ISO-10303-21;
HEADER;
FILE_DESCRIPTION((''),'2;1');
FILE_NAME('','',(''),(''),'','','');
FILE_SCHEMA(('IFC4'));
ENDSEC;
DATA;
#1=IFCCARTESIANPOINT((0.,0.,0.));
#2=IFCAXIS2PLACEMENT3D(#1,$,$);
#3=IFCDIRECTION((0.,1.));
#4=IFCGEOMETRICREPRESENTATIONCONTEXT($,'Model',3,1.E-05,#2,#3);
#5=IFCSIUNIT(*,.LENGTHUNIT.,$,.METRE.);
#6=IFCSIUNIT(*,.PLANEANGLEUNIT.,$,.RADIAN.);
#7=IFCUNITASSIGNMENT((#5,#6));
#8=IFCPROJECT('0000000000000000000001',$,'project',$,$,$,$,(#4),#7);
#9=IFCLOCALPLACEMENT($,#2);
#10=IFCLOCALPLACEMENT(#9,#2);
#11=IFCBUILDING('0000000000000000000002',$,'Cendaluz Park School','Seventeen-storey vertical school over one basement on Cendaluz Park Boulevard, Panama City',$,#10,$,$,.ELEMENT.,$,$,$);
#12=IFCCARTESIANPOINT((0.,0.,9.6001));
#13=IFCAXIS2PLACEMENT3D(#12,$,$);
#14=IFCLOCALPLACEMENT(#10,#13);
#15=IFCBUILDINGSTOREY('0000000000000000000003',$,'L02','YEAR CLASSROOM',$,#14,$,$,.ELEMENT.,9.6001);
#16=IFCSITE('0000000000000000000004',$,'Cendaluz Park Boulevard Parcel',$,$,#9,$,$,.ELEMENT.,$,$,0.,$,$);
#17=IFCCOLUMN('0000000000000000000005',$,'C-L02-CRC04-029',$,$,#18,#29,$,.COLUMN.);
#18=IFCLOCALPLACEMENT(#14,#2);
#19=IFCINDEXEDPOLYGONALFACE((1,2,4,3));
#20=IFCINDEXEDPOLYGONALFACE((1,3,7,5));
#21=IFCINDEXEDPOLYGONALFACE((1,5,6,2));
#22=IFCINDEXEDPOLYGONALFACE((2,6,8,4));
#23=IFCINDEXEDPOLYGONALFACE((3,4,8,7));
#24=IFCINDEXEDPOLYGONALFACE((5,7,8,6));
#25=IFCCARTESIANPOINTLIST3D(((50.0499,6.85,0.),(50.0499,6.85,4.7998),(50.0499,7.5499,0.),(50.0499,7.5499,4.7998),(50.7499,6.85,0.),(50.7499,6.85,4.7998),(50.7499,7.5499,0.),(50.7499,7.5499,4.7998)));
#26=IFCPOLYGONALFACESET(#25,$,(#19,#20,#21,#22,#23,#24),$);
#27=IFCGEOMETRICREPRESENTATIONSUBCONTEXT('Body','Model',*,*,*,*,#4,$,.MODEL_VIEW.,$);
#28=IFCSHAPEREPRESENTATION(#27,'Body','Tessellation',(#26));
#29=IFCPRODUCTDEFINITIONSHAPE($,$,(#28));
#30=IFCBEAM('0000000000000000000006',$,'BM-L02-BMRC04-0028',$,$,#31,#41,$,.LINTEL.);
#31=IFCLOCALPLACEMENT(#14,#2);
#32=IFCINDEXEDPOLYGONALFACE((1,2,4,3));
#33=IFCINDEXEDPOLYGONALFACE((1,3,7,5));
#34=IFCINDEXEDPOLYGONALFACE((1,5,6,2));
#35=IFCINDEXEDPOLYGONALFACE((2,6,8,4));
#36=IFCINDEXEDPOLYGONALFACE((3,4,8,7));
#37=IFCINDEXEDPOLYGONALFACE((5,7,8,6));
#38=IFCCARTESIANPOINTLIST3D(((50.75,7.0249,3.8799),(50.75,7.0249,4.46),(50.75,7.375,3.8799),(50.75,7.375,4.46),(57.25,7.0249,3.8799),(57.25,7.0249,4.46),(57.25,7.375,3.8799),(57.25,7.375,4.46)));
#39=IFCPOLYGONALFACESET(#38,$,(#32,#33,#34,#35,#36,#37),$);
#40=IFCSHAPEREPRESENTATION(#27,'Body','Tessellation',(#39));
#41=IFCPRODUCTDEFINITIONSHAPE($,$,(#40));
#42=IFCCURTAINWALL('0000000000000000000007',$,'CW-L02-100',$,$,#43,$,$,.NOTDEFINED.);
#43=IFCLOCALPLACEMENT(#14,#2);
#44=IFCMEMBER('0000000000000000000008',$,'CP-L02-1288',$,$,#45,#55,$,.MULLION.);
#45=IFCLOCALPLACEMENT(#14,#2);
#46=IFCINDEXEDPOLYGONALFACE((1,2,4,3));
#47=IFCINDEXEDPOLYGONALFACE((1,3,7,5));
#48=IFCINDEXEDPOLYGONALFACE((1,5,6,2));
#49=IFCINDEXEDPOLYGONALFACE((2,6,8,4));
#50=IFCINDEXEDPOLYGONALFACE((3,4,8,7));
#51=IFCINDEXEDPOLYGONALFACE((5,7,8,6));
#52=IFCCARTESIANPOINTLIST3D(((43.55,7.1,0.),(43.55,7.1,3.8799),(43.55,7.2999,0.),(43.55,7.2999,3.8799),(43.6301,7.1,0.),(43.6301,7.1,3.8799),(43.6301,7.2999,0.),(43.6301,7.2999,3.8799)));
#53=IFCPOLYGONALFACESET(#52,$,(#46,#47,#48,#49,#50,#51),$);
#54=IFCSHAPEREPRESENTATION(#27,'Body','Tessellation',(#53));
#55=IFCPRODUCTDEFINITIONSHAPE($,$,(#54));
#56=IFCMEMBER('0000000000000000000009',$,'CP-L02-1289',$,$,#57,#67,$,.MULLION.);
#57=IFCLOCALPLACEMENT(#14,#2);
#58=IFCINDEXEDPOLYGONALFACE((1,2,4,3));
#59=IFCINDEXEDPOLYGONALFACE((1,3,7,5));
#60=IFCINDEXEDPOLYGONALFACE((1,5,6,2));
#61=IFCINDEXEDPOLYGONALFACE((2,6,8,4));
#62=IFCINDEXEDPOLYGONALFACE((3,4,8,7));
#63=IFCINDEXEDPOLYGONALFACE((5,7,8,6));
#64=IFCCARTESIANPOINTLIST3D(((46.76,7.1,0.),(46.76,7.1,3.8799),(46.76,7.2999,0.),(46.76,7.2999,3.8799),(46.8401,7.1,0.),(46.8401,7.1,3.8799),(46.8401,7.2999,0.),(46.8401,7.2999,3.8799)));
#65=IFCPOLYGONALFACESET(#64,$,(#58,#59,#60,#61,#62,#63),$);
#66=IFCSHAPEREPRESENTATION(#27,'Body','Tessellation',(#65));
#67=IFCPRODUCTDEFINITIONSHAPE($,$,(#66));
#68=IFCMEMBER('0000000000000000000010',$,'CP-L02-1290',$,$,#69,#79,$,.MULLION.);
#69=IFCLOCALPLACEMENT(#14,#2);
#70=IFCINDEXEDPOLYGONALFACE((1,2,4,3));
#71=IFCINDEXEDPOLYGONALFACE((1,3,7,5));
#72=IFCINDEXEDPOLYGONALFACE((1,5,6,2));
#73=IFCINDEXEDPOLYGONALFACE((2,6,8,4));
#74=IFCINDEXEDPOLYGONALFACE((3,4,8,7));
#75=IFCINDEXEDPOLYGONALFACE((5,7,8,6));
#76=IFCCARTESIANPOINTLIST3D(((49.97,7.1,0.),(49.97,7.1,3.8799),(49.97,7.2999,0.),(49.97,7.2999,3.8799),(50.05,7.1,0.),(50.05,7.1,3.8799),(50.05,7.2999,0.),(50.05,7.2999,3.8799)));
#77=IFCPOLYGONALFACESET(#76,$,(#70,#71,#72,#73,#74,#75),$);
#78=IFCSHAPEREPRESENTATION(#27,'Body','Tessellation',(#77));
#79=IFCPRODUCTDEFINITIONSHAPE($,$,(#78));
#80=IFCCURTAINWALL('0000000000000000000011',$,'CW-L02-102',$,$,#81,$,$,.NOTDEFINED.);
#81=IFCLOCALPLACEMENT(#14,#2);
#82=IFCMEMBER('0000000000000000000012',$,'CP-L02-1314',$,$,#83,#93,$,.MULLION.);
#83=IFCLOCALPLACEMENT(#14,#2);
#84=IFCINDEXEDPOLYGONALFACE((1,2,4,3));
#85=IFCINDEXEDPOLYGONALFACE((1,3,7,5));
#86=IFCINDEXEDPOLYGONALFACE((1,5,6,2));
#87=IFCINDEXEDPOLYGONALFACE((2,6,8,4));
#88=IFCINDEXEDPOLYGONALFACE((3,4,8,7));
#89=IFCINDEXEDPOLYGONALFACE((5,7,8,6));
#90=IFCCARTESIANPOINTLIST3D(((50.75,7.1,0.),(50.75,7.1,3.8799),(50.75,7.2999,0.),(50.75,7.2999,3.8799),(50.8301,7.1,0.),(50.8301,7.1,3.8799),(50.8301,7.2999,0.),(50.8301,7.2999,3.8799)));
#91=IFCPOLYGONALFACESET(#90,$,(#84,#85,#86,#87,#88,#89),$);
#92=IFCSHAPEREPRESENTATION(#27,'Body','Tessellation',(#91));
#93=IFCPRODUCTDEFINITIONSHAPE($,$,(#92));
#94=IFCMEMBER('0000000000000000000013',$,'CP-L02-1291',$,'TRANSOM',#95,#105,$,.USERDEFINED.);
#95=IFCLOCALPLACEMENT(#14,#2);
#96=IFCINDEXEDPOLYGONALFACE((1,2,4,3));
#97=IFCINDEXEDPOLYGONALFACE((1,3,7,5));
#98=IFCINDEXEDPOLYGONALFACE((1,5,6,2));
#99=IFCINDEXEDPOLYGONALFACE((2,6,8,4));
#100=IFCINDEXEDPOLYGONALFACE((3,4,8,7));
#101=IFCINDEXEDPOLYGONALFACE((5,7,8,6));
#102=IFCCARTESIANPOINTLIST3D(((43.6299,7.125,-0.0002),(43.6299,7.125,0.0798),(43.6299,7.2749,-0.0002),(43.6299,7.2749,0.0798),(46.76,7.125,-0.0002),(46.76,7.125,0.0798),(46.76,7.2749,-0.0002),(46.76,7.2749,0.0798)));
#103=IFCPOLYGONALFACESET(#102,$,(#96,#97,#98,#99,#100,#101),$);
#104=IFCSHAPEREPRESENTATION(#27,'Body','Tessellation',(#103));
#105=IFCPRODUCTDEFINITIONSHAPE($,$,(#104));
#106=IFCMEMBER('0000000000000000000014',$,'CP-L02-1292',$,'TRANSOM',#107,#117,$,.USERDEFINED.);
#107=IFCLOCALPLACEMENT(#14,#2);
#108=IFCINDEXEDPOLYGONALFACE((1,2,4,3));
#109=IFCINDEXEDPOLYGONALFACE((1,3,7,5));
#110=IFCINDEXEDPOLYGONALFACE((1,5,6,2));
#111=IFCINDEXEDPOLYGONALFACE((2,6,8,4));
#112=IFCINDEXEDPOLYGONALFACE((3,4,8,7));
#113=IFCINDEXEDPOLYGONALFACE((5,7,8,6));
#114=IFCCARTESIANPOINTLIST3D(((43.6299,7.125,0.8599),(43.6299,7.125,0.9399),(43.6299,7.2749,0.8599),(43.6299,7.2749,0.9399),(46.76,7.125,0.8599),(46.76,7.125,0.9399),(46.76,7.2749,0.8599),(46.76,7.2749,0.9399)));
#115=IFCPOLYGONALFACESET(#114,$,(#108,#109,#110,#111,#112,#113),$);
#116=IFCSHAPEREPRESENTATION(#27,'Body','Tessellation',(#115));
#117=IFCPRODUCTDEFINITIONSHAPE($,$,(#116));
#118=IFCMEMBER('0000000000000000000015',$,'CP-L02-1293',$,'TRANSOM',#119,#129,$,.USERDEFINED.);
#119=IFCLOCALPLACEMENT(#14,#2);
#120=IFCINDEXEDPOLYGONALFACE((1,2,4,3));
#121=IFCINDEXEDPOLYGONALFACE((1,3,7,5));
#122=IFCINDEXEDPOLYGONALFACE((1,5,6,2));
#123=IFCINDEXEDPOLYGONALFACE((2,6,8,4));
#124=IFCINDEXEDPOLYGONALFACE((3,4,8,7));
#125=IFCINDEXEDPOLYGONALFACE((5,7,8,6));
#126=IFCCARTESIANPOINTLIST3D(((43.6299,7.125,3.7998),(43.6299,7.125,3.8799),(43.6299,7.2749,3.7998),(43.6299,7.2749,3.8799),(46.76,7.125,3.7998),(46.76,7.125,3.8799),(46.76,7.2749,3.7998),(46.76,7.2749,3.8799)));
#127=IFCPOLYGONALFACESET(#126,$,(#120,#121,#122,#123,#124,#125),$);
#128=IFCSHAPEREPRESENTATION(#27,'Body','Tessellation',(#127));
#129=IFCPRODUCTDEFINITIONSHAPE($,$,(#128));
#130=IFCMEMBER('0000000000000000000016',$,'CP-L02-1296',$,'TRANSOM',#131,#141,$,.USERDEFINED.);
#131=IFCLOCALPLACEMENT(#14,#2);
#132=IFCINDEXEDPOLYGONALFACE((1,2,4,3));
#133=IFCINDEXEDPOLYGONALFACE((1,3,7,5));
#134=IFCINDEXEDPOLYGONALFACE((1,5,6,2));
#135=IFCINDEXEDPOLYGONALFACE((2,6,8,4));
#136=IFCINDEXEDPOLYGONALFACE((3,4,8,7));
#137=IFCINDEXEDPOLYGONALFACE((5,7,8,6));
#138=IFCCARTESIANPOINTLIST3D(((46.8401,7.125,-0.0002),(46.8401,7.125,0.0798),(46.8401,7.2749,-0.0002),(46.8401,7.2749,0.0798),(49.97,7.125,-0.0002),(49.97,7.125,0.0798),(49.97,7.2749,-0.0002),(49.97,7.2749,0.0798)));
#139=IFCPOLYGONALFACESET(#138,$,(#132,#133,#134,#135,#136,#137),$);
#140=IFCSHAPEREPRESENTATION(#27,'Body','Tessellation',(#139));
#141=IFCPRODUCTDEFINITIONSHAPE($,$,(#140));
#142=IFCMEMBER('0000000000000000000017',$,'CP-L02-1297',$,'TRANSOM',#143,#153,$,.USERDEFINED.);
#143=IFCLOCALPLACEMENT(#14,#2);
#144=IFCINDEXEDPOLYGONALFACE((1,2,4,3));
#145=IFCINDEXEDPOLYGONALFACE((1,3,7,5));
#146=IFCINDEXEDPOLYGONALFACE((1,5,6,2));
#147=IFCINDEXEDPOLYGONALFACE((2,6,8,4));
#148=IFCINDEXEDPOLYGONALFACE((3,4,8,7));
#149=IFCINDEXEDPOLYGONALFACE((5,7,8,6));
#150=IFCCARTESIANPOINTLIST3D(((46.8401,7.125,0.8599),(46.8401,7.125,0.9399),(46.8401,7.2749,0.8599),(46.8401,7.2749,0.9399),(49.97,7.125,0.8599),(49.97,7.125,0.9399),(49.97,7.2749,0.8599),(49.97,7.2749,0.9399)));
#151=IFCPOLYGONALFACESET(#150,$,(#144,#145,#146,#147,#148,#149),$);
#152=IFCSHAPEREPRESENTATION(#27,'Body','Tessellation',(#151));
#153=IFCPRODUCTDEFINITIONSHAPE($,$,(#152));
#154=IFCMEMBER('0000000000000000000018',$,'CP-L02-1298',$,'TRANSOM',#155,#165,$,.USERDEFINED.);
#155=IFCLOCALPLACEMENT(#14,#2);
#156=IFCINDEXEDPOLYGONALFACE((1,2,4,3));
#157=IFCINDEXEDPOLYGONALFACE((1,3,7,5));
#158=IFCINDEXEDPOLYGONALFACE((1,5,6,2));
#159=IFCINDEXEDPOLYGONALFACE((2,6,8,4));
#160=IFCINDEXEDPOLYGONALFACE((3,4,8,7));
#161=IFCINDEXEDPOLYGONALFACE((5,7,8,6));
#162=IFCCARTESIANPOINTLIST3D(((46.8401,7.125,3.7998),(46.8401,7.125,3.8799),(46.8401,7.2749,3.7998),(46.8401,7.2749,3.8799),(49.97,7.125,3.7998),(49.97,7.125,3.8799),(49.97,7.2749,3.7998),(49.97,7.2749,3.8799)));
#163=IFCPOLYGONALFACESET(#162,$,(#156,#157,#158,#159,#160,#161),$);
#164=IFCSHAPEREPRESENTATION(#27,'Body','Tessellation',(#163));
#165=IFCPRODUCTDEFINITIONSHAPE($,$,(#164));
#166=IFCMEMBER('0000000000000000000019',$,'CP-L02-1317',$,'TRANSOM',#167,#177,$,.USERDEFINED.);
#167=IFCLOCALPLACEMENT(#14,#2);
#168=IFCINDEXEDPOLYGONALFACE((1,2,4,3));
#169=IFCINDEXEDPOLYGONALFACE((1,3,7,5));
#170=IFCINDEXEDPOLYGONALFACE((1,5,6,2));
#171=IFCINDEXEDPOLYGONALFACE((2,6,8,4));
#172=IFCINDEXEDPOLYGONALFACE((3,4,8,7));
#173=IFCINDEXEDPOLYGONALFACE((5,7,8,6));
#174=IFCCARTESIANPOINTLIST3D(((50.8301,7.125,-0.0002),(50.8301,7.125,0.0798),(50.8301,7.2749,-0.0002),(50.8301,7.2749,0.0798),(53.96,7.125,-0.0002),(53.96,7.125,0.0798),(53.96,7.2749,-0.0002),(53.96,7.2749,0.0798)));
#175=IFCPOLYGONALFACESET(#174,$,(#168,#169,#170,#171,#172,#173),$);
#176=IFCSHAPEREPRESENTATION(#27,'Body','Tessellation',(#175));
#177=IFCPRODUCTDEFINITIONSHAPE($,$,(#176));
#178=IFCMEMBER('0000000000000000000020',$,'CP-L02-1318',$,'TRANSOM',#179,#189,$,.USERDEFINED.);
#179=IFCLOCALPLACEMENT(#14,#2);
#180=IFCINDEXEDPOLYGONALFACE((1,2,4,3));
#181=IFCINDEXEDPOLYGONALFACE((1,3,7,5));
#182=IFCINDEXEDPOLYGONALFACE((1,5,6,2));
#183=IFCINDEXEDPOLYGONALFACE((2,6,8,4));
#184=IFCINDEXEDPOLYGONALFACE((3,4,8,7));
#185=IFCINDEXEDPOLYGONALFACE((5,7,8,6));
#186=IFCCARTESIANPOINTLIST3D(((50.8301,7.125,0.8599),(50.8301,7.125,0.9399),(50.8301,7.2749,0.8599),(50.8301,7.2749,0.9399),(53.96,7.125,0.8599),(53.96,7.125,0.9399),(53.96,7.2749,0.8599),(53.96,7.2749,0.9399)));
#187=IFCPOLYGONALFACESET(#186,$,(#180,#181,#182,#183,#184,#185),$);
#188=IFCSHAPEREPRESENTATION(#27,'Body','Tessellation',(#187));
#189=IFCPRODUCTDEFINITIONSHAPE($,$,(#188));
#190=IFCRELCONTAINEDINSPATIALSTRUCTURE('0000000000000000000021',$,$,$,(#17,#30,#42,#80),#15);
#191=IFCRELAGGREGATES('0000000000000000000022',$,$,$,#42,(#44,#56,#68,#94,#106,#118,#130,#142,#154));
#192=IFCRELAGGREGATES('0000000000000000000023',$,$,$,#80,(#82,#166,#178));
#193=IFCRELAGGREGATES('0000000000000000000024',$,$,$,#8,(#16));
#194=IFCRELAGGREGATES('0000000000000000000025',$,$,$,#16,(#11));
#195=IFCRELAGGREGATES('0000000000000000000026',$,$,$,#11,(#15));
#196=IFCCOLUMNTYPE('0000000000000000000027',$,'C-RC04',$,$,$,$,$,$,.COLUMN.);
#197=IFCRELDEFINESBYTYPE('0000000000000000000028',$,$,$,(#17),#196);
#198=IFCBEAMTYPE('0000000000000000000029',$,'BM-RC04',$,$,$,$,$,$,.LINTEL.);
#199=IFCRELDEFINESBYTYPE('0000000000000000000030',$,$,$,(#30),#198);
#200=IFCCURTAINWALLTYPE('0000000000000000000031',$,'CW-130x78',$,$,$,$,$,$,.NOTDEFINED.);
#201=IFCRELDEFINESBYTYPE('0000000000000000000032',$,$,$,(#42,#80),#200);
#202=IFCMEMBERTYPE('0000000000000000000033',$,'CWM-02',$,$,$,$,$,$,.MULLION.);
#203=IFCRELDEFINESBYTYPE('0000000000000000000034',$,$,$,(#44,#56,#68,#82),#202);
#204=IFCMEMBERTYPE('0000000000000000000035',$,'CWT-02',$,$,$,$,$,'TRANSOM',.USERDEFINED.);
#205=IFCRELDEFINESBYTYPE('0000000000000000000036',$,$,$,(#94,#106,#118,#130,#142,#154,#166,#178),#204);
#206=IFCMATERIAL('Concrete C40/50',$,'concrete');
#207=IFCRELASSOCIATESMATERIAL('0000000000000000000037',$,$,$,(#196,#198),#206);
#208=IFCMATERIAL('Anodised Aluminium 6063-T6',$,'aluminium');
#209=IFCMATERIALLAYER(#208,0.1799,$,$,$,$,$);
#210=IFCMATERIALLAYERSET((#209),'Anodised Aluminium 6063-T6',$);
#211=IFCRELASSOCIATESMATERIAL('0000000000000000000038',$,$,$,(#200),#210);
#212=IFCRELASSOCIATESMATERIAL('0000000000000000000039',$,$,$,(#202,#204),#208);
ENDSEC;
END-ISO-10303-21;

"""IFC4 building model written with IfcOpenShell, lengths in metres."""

from ifc_helpers import new_model, si_unit, direction, frame, origin, origin_2d, place, context, subcontext, project, spatial, rectangle, extrude, material, layer, layer_set, material_profile, profile_set, type_object, element, aggregate, save


model = new_model("IFC4")

# Units and contexts
model_context = context("Model", 3, precision=1e-05, world=origin(), true_north=direction((0.0, 1.0)))
body_context = subcontext(model_context, "Body", "Model", "MODEL_VIEW")
ifc_project = project(units=[si_unit("LENGTHUNIT", "METRE"), si_unit("PLANEANGLEUNIT", "RADIAN")], contexts=[model_context])

# Site, building, storey
site_placement = place(None, origin())
site = spatial("IfcSite", under=ifc_project, at=site_placement, Name="Cendaluz Park Boulevard Parcel", CompositionType="ELEMENT", RefElevation=0.0)
building_placement = place(site_placement, origin())
building = spatial("IfcBuilding", under=site, at=building_placement, Name="Cendaluz Park School", Description="Seventeen-storey vertical school over one basement on Cendaluz Park Boulevard, Panama City", CompositionType="ELEMENT")
storey_placement = place(building_placement, frame((0.0, 0.0, 9.6001)))
storey = spatial("IfcBuildingStorey", under=building, at=storey_placement, Name="L02", Description="YEAR CLASSROOM", CompositionType="ELEMENT", Elevation=9.6001)

# Column
ifc_material_1 = material(Name="Concrete C40/50", Category="concrete")
ifc_material_profile_1 = material_profile(ifc_material_1, rectangle(XDim=0.7, YDim=0.7, at=origin_2d()), Name="RC 700x700", Category="concrete")
ifc_profile_set_1 = profile_set([ifc_material_profile_1], Name="Concrete C40/50")
column_type = type_object("IfcColumnType", Name="C-RC04", PredefinedType="COLUMN", material=ifc_profile_set_1)
column_placement = place(storey_placement, frame((50.3999, 7.2, 0.0), z_axis=(0.0, 0.0, 1.0), x_axis=(1.0, 0.0, 0.0)))
element("IfcColumn", 1, at=column_placement, inside=storey, type_object=column_type, Name="C-L02-CRC04-029", PredefinedType="COLUMN", context=body_context, shape_type="SweptSolid", body=[
    extrude(rectangle(XDim=0.7, YDim=0.7, at=origin_2d()), origin(), (0.0, 0.0, 1.0), 4.7998),
])

# Beam
ifc_material_profile_2 = material_profile(ifc_material_1, rectangle(XDim=0.3501, YDim=0.5801, at=origin_2d()), Name="RC 350x580", Category="concrete")
ifc_profile_set_2 = profile_set([ifc_material_profile_2], Name="Concrete C40/50")
beam_type = type_object("IfcBeamType", Name="BM-RC04", PredefinedType="LINTEL", material=ifc_profile_set_2)
beam_placement = place(storey_placement, frame((50.75, 7.2, 4.1699), z_axis=(1.0, 0.0, 0.0), x_axis=(0.0, 1.0, 0.0)))
element("IfcBeam", 2, at=beam_placement, inside=storey, type_object=beam_type, Name="BM-L02-BMRC04-0028", PredefinedType="LINTEL", context=body_context, shape_type="SweptSolid", body=[
    extrude(rectangle(XDim=0.3501, YDim=0.5801, at=origin_2d()), origin(), (0.0, 0.0, 1.0), 6.5),
])

# Curtain wall, members
ifc_material_2 = material(Name="Anodised Aluminium 6063-T6", Category="aluminium")
ifc_layer_1 = layer(ifc_material_2, 0.1799)
ifc_layer_set_1 = layer_set([ifc_layer_1], Name="Anodised Aluminium 6063-T6")
curtain_wall_type = type_object("IfcCurtainWallType", Name="CW-130x78", PredefinedType="NOTDEFINED", material=ifc_layer_set_1)
curtain_wall_1_placement = place(storey_placement, origin())
curtain_wall_1 = element("IfcCurtainWall", 3, at=curtain_wall_1_placement, inside=storey, type_object=curtain_wall_type, Name="CW-L02-100", PredefinedType="NOTDEFINED")
ifc_material_profile_3 = material_profile(ifc_material_2, rectangle(XDim=0.2, YDim=0.0801, at=origin_2d()), Name="CWM 200x80", Category="aluminium")
ifc_profile_set_3 = profile_set([ifc_material_profile_3], Name="Anodised Aluminium 6063-T6")
member_type_1 = type_object("IfcMemberType", Name="CWM-02", PredefinedType="MULLION", material=ifc_profile_set_3)
member_1_placement = place(storey_placement, frame((43.5901, 7.2, 0.0), z_axis=(0.0, 0.0, 1.0), x_axis=(0.0, 1.0, 0.0)))
member_1 = element("IfcMember", 4, at=member_1_placement, type_object=member_type_1, Name="CP-L02-1288", PredefinedType="MULLION", context=body_context, shape_type="SweptSolid", body=[
    extrude(rectangle(XDim=0.2, YDim=0.0801, at=origin_2d()), origin(), (0.0, 0.0, 1.0), 3.8799),
])
member_2_placement = place(storey_placement, frame((46.8, 7.2, 0.0), z_axis=(0.0, 0.0, 1.0), x_axis=(0.0, 1.0, 0.0)))
member_2 = element("IfcMember", 5, at=member_2_placement, type_object=member_type_1, Name="CP-L02-1289", PredefinedType="MULLION", context=body_context, shape_type="SweptSolid", body=[
    extrude(rectangle(XDim=0.2, YDim=0.0801, at=origin_2d()), origin(), (0.0, 0.0, 1.0), 3.8799),
])
member_3_placement = place(storey_placement, frame((50.01, 7.2, 0.0), z_axis=(0.0, 0.0, 1.0), x_axis=(0.0, 1.0, 0.0)))
member_3 = element("IfcMember", 6, at=member_3_placement, type_object=member_type_1, Name="CP-L02-1290", PredefinedType="MULLION", context=body_context, shape_type="SweptSolid", body=[
    extrude(rectangle(XDim=0.2, YDim=0.0801, at=origin_2d()), origin(), (0.0, 0.0, 1.0), 3.8799),
])

# Curtain wall, member
curtain_wall_2_placement = place(storey_placement, origin())
curtain_wall_2 = element("IfcCurtainWall", 7, at=curtain_wall_2_placement, inside=storey, type_object=curtain_wall_type, Name="CW-L02-102", PredefinedType="NOTDEFINED")
member_4_placement = place(storey_placement, frame((50.79, 7.2, 0.0), z_axis=(0.0, 0.0, 1.0), x_axis=(0.0, 1.0, 0.0)))
member_4 = element("IfcMember", 8, at=member_4_placement, type_object=member_type_1, Name="CP-L02-1314", PredefinedType="MULLION", context=body_context, shape_type="SweptSolid", body=[
    extrude(rectangle(XDim=0.2, YDim=0.0801, at=origin_2d()), origin(), (0.0, 0.0, 1.0), 3.8799),
])

# Members
ifc_material_profile_4 = material_profile(ifc_material_2, rectangle(XDim=0.1499, YDim=0.0801, at=origin_2d()), Name="CWT 150x80", Category="aluminium")
ifc_profile_set_4 = profile_set([ifc_material_profile_4], Name="Anodised Aluminium 6063-T6")
member_type_2 = type_object("IfcMemberType", Name="CWT-02", ElementType="TRANSOM", PredefinedType="USERDEFINED", material=ifc_profile_set_4)
member_5_placement = place(storey_placement, frame((43.6299, 7.2, 0.0398), z_axis=(1.0, 0.0, 0.0), x_axis=(0.0, 1.0, 0.0)))
member_5 = element("IfcMember", 9, at=member_5_placement, type_object=member_type_2, Name="CP-L02-1291", ObjectType="TRANSOM", PredefinedType="USERDEFINED", context=body_context, shape_type="SweptSolid", body=[
    extrude(rectangle(XDim=0.1499, YDim=0.0801, at=origin_2d()), origin(), (0.0, 0.0, 1.0), 3.1301),
])
member_6_placement = place(storey_placement, frame((43.6299, 7.2, 0.8999), z_axis=(1.0, 0.0, 0.0), x_axis=(0.0, 1.0, 0.0)))
member_6 = element("IfcMember", 10, at=member_6_placement, type_object=member_type_2, Name="CP-L02-1292", ObjectType="TRANSOM", PredefinedType="USERDEFINED", context=body_context, shape_type="SweptSolid", body=[
    extrude(rectangle(XDim=0.1499, YDim=0.0801, at=origin_2d()), origin(), (0.0, 0.0, 1.0), 3.1301),
])
member_7_placement = place(storey_placement, frame((43.6299, 7.2, 3.8398), z_axis=(1.0, 0.0, 0.0), x_axis=(0.0, 1.0, 0.0)))
member_7 = element("IfcMember", 11, at=member_7_placement, type_object=member_type_2, Name="CP-L02-1293", ObjectType="TRANSOM", PredefinedType="USERDEFINED", context=body_context, shape_type="SweptSolid", body=[
    extrude(rectangle(XDim=0.1499, YDim=0.0801, at=origin_2d()), origin(), (0.0, 0.0, 1.0), 3.1301),
])
member_8_placement = place(storey_placement, frame((46.8401, 7.2, 0.0398), z_axis=(1.0, 0.0, 0.0), x_axis=(0.0, 1.0, 0.0)))
member_8 = element("IfcMember", 12, at=member_8_placement, type_object=member_type_2, Name="CP-L02-1296", ObjectType="TRANSOM", PredefinedType="USERDEFINED", context=body_context, shape_type="SweptSolid", body=[
    extrude(rectangle(XDim=0.1499, YDim=0.0801, at=origin_2d()), origin(), (0.0, 0.0, 1.0), 3.1299),
])
member_9_placement = place(storey_placement, frame((46.8401, 7.2, 0.8999), z_axis=(1.0, 0.0, 0.0), x_axis=(0.0, 1.0, 0.0)))
member_9 = element("IfcMember", 13, at=member_9_placement, type_object=member_type_2, Name="CP-L02-1297", ObjectType="TRANSOM", PredefinedType="USERDEFINED", context=body_context, shape_type="SweptSolid", body=[
    extrude(rectangle(XDim=0.1499, YDim=0.0801, at=origin_2d()), origin(), (0.0, 0.0, 1.0), 3.1299),
])
member_10_placement = place(storey_placement, frame((46.8401, 7.2, 3.8398), z_axis=(1.0, 0.0, 0.0), x_axis=(0.0, 1.0, 0.0)))
member_10 = element("IfcMember", 14, at=member_10_placement, type_object=member_type_2, Name="CP-L02-1298", ObjectType="TRANSOM", PredefinedType="USERDEFINED", context=body_context, shape_type="SweptSolid", body=[
    extrude(rectangle(XDim=0.1499, YDim=0.0801, at=origin_2d()), origin(), (0.0, 0.0, 1.0), 3.1299),
])
member_11_placement = place(storey_placement, frame((50.8301, 7.2, 0.0398), z_axis=(1.0, 0.0, 0.0), x_axis=(0.0, 1.0, 0.0)))
member_11 = element("IfcMember", 15, at=member_11_placement, type_object=member_type_2, Name="CP-L02-1317", ObjectType="TRANSOM", PredefinedType="USERDEFINED", context=body_context, shape_type="SweptSolid", body=[
    extrude(rectangle(XDim=0.1499, YDim=0.0801, at=origin_2d()), origin(), (0.0, 0.0, 1.0), 3.1299),
])
member_12_placement = place(storey_placement, frame((50.8301, 7.2, 0.8999), z_axis=(1.0, 0.0, 0.0), x_axis=(0.0, 1.0, 0.0)))
member_12 = element("IfcMember", 16, at=member_12_placement, type_object=member_type_2, Name="CP-L02-1318", ObjectType="TRANSOM", PredefinedType="USERDEFINED", context=body_context, shape_type="SweptSolid", body=[
    extrude(rectangle(XDim=0.1499, YDim=0.0801, at=origin_2d()), origin(), (0.0, 0.0, 1.0), 3.1299),
])

aggregate(curtain_wall_1, [member_1, member_2, member_3, member_5, member_6, member_7, member_8, member_9, member_10])
aggregate(curtain_wall_2, [member_4, member_11, member_12])

save(model, "model.ifc")
